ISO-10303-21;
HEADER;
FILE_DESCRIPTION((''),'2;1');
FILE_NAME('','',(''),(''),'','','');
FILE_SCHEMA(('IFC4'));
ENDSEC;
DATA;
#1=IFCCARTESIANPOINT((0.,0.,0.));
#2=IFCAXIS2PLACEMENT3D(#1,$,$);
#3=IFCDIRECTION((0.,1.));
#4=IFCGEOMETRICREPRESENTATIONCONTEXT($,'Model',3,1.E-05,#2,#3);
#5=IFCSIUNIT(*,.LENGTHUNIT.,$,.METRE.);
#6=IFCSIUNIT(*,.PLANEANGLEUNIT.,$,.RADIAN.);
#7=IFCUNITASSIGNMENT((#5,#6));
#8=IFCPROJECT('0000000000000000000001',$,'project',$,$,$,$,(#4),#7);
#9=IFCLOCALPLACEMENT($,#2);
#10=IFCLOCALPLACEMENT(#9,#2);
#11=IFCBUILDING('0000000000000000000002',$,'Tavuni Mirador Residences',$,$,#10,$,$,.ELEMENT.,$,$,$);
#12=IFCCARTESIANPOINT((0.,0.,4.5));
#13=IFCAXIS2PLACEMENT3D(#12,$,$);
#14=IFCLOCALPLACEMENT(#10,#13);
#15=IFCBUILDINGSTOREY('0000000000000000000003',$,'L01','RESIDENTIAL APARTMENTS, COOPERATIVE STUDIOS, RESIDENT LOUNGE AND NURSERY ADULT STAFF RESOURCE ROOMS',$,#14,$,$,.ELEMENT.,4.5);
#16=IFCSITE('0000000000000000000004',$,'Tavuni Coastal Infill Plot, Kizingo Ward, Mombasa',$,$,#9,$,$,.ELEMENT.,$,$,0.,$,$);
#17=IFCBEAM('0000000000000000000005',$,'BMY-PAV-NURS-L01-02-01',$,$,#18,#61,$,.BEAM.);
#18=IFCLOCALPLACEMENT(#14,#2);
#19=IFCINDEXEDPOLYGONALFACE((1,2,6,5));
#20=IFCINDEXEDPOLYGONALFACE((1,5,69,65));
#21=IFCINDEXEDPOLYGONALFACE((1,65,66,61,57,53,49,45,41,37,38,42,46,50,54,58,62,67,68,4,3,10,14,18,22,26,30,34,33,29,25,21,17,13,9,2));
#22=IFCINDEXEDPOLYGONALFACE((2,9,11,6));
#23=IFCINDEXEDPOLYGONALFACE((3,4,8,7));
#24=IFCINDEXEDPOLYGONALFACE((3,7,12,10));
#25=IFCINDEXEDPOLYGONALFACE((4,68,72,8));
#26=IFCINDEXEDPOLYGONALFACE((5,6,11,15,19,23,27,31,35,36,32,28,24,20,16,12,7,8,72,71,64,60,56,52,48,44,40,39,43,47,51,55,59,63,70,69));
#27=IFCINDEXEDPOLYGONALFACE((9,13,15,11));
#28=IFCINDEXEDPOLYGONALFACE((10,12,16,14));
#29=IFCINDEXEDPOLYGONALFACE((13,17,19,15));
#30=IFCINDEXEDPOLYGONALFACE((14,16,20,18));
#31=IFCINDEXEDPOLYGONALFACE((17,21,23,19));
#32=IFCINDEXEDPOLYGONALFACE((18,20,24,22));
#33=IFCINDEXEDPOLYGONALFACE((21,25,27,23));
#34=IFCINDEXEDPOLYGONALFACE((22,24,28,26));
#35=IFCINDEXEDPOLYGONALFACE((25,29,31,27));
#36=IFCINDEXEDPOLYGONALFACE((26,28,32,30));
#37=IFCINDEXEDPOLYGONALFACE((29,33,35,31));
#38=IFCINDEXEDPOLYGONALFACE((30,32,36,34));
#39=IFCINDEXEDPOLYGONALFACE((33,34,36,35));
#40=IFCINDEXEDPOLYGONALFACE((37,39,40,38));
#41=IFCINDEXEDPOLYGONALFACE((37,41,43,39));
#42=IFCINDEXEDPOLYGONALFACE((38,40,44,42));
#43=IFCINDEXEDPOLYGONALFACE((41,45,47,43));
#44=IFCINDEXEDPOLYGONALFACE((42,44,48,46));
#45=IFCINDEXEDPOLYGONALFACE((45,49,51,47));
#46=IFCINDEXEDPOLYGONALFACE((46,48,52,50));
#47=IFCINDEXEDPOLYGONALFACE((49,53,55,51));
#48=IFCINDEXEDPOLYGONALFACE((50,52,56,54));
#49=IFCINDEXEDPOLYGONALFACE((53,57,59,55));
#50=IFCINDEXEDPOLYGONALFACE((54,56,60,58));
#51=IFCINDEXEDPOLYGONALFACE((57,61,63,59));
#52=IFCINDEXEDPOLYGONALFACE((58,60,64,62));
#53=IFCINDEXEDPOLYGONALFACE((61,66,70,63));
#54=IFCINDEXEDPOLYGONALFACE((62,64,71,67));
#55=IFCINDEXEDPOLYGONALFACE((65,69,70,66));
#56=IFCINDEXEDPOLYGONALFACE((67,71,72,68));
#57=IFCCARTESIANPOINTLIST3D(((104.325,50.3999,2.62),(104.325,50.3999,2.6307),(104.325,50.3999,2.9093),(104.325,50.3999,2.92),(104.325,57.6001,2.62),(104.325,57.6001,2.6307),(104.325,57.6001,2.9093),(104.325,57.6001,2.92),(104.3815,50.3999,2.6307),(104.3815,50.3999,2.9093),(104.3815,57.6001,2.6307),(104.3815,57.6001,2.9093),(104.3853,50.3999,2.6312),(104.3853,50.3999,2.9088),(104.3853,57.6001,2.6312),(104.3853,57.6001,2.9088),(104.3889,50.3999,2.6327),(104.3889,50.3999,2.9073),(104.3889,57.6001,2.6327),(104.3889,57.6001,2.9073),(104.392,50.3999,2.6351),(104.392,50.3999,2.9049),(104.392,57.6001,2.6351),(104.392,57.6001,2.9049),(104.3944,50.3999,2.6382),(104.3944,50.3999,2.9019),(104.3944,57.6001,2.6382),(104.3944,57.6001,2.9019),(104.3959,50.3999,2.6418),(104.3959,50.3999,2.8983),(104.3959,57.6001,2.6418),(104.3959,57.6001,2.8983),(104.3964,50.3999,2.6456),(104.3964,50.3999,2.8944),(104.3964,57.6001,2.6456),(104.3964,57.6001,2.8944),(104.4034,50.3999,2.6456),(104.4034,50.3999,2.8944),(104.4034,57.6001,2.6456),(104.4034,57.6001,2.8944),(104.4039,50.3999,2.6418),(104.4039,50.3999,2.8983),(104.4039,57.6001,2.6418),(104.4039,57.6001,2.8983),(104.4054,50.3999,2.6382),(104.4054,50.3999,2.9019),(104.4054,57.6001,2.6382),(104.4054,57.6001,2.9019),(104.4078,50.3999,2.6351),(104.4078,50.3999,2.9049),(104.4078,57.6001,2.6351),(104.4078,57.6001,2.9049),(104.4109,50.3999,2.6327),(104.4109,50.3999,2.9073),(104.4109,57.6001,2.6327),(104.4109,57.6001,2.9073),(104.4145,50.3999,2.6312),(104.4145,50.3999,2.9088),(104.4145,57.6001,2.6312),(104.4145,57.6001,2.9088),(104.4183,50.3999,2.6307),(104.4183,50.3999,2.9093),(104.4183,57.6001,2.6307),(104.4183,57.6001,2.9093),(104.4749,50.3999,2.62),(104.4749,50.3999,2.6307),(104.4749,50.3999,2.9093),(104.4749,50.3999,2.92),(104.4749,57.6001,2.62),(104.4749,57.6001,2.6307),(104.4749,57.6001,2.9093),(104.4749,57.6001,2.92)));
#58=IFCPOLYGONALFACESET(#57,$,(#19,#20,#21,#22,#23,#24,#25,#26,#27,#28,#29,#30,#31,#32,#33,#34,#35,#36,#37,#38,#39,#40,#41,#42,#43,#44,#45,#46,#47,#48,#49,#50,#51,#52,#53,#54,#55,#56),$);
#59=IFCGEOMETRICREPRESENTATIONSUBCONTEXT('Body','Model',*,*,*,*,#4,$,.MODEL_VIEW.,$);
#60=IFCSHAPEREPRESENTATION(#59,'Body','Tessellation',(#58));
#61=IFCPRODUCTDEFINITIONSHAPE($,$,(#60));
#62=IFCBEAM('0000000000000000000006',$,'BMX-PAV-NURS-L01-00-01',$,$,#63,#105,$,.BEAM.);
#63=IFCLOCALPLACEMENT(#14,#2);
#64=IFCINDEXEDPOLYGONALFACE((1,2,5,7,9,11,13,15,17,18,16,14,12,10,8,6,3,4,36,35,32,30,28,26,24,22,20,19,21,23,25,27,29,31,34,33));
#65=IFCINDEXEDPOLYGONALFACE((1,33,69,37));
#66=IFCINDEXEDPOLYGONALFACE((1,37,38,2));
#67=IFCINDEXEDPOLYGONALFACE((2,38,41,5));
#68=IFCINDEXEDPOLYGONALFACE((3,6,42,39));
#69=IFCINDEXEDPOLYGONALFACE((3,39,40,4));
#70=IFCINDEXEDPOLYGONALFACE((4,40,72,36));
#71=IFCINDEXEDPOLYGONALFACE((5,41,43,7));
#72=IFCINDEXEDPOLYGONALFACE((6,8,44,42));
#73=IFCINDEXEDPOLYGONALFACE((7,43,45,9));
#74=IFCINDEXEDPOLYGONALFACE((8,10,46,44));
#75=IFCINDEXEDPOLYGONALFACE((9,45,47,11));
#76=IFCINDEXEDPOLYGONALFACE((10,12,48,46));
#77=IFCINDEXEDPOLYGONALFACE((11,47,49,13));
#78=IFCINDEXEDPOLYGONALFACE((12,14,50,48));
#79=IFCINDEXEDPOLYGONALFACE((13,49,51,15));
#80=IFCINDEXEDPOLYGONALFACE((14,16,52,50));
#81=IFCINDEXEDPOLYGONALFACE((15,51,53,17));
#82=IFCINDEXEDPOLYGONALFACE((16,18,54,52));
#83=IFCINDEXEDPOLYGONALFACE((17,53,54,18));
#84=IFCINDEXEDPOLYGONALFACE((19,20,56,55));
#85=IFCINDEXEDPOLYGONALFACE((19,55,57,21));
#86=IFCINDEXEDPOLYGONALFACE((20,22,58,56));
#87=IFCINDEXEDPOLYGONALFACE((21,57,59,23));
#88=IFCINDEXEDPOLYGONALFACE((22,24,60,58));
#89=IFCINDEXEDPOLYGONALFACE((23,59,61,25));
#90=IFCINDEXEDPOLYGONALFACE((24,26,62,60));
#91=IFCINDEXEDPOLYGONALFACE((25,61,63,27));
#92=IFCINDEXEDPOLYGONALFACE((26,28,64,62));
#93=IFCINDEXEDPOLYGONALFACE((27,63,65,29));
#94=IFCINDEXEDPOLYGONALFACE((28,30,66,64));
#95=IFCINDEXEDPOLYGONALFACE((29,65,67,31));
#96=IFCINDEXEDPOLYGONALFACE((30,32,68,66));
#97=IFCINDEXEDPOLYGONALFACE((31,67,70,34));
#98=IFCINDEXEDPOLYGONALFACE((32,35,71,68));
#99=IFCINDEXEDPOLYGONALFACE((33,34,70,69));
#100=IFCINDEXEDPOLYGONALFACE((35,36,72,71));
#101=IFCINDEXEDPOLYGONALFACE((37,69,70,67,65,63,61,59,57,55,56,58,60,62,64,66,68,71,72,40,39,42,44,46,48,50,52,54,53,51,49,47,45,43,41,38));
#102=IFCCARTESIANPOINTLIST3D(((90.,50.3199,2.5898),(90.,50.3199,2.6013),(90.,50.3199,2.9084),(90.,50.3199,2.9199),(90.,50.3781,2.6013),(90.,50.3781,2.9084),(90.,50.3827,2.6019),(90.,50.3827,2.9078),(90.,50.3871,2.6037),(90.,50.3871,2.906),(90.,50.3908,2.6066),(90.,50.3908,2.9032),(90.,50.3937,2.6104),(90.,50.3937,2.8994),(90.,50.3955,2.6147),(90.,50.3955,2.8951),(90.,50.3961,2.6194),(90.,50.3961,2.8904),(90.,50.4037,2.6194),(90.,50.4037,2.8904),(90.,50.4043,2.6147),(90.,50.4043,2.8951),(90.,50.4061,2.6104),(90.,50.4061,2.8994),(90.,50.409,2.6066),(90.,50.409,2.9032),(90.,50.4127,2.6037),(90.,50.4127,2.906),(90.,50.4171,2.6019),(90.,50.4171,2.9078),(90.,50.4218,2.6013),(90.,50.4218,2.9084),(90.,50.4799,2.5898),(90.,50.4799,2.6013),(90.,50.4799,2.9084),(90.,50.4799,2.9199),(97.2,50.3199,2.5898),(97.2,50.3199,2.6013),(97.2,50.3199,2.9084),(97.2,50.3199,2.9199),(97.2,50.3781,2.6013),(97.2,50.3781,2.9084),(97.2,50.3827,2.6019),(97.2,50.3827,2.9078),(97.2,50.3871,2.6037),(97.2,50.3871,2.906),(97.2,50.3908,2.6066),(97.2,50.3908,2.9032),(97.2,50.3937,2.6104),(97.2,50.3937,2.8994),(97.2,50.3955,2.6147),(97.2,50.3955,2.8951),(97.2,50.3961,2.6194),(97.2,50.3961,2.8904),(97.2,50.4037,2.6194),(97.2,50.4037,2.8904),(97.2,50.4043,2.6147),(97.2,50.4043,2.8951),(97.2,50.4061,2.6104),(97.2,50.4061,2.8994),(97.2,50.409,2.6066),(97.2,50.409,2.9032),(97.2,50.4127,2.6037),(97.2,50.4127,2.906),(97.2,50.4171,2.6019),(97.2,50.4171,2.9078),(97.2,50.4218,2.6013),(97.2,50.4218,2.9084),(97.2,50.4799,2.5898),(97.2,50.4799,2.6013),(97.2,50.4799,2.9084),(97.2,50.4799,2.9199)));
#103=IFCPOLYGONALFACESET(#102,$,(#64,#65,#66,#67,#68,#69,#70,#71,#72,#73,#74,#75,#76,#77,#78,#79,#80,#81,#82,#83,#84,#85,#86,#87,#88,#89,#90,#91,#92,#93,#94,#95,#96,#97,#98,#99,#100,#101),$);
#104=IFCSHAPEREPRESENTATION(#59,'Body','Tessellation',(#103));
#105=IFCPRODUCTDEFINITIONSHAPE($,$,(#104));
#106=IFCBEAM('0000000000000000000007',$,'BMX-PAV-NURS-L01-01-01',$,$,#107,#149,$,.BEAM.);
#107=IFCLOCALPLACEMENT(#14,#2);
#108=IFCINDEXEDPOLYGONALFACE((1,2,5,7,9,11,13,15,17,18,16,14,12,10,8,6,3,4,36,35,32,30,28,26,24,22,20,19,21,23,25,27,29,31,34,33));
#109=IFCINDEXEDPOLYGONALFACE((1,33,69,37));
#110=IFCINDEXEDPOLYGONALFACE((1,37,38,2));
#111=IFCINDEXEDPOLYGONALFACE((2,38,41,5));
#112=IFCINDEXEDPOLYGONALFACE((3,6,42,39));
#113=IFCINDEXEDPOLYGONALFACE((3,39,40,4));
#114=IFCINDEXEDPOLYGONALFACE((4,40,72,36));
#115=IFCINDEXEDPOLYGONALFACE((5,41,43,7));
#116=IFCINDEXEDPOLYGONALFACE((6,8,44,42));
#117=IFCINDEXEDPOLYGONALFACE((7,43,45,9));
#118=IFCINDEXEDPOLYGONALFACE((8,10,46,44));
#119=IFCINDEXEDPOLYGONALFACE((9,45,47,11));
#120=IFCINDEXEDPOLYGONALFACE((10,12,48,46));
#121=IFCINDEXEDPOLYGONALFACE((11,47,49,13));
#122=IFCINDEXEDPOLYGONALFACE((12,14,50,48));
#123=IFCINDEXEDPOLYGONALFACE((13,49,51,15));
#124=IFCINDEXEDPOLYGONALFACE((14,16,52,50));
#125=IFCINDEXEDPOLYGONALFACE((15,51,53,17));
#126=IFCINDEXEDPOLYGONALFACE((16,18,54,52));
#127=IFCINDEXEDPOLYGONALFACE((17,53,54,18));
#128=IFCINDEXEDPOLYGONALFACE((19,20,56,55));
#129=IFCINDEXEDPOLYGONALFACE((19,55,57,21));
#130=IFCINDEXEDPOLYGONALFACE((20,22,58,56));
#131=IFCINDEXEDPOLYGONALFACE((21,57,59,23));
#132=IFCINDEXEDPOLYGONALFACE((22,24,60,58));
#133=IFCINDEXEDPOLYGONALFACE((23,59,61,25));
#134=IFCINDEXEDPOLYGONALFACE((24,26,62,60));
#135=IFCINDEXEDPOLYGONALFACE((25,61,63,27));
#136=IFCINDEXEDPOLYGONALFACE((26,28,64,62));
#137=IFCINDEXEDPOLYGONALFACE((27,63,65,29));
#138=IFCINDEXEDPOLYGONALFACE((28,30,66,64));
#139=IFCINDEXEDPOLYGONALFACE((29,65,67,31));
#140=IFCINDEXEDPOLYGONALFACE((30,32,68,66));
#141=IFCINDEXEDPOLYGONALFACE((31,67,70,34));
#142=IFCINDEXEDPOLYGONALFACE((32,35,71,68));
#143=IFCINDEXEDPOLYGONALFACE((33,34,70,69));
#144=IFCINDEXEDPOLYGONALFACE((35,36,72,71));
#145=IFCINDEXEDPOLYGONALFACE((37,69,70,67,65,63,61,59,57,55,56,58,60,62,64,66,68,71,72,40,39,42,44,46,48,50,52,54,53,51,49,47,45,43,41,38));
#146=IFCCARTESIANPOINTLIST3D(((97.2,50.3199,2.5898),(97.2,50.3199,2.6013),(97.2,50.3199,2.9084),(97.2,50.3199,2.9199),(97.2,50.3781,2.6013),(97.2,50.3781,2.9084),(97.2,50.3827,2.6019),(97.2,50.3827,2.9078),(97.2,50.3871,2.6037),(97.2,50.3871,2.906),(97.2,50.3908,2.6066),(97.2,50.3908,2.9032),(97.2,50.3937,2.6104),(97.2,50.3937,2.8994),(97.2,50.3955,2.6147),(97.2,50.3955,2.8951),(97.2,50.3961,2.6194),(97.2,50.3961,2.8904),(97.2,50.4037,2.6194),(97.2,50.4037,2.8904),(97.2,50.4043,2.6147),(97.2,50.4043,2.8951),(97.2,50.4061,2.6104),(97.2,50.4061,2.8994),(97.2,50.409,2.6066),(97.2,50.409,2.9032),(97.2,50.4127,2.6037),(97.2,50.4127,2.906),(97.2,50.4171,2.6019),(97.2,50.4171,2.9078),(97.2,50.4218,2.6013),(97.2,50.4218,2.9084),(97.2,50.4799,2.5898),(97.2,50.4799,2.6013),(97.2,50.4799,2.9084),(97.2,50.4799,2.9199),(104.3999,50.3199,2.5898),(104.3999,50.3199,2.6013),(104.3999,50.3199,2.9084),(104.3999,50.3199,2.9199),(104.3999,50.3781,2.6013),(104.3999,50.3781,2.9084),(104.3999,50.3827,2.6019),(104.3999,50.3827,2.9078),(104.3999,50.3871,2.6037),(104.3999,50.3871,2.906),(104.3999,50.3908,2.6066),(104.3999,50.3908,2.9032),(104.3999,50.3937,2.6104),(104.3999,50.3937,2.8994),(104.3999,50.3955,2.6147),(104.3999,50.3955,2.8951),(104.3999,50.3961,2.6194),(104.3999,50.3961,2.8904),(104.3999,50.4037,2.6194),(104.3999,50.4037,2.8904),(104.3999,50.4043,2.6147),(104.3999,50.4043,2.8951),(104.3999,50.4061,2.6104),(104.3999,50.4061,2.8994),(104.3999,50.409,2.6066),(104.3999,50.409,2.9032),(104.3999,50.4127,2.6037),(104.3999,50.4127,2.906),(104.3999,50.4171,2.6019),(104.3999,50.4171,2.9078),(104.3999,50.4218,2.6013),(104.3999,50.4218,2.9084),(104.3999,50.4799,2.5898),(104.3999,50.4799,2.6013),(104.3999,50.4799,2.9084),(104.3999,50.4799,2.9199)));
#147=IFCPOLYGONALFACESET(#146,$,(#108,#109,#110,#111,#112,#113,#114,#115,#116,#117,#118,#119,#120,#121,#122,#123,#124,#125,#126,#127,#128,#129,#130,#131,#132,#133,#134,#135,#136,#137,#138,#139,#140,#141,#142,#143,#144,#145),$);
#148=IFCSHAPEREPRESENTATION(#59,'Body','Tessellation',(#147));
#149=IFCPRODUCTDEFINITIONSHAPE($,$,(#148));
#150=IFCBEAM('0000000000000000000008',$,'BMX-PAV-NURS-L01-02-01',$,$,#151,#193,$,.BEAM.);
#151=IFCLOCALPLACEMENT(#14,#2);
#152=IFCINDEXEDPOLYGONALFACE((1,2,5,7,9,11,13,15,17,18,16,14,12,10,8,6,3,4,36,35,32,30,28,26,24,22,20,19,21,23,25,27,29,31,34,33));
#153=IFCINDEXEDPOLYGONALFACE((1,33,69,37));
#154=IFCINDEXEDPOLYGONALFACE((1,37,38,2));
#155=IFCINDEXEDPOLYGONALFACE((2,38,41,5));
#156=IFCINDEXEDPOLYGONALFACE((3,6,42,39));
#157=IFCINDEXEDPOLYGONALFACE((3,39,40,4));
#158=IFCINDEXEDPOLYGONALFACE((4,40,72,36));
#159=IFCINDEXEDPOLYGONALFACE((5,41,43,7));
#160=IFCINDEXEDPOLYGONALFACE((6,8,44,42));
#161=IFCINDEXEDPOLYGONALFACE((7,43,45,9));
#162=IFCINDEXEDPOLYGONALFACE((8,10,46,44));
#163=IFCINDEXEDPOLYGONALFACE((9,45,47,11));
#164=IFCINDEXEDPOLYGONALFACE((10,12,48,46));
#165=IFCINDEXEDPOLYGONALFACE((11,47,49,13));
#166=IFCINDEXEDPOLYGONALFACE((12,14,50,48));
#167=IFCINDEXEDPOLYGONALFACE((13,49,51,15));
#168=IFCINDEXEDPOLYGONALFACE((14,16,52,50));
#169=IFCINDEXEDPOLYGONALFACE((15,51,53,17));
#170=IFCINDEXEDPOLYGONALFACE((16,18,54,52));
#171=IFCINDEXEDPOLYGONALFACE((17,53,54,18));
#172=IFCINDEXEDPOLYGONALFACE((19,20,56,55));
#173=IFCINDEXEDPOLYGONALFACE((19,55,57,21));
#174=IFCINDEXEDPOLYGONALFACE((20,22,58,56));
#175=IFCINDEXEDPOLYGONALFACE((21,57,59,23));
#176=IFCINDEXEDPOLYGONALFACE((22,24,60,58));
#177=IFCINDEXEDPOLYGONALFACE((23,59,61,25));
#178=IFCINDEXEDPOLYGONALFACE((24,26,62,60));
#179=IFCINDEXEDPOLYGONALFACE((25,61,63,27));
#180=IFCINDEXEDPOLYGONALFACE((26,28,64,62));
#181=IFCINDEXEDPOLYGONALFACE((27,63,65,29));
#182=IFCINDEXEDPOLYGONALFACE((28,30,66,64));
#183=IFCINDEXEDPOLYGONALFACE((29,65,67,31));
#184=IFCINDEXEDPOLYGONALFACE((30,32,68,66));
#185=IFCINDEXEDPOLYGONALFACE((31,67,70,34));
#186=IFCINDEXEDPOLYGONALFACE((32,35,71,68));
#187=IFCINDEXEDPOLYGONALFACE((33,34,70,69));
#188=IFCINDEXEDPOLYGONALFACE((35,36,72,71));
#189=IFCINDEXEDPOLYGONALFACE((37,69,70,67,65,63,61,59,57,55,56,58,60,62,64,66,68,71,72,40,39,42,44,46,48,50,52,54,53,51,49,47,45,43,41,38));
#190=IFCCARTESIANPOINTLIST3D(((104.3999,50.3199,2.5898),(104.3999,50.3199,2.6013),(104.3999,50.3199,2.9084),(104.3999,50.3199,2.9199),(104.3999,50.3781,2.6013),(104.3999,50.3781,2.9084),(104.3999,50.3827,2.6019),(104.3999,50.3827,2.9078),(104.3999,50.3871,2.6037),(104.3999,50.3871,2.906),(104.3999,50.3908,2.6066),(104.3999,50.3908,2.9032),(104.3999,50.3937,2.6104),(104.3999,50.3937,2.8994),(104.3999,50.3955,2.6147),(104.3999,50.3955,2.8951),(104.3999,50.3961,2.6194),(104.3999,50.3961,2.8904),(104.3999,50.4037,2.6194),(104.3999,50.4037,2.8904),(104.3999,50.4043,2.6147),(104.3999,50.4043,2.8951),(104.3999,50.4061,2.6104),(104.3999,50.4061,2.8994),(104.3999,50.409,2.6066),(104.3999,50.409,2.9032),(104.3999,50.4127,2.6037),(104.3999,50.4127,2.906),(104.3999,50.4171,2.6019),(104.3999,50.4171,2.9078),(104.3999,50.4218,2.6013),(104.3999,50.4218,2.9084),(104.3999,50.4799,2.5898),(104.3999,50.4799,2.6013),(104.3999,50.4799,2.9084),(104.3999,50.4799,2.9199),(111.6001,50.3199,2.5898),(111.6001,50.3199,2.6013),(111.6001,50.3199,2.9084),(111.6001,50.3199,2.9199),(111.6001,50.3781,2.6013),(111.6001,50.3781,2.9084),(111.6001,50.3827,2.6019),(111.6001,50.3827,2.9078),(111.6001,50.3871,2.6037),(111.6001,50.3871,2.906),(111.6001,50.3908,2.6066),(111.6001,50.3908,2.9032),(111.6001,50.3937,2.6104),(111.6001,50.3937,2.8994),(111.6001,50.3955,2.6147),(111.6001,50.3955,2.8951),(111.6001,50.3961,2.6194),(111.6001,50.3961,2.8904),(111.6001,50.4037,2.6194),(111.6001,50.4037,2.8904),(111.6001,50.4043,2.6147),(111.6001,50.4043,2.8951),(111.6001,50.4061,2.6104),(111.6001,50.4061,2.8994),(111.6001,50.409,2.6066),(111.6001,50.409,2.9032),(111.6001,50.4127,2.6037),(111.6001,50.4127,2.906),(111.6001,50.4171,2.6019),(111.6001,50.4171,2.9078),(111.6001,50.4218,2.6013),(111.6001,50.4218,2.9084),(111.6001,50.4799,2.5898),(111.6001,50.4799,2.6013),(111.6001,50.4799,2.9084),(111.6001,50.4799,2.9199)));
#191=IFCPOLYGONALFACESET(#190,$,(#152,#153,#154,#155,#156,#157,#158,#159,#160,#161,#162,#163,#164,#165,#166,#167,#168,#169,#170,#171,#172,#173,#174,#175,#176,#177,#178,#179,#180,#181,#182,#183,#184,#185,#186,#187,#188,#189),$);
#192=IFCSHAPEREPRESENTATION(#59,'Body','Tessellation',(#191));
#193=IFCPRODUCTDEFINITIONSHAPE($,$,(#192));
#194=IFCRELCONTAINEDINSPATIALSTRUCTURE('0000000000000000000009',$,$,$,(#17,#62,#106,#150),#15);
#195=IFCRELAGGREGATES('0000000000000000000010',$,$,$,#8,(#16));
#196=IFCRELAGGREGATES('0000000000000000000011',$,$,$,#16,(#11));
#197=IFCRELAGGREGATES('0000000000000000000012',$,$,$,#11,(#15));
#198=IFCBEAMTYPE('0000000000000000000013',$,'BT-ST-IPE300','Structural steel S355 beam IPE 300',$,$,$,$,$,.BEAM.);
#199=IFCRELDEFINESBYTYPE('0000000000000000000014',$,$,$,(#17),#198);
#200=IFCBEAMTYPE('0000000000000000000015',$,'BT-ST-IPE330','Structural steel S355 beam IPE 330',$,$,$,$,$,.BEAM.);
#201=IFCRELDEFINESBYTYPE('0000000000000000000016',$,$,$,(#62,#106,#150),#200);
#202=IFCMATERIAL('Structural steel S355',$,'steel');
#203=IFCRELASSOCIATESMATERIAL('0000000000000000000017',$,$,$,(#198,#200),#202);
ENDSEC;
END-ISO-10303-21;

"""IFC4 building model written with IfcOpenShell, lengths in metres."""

from ifc_helpers import new_model, si_unit, direction, frame, origin, origin_2d, place, context, subcontext, project, spatial, i_section, extrude, material, material_profile, profile_set, type_object, element, save


model = new_model("IFC4")

# Units and contexts
model_context = context("Model", 3, precision=1e-05, world=origin(), true_north=direction((0.0, 1.0)))
body_context = subcontext(model_context, "Body", "Model", "MODEL_VIEW")
ifc_project = project(units=[si_unit("LENGTHUNIT", "METRE"), si_unit("PLANEANGLEUNIT", "RADIAN")], contexts=[model_context])

# Site, building, storey
site_placement = place(None, origin())
site = spatial("IfcSite", under=ifc_project, at=site_placement, Name="Tavuni Coastal Infill Plot, Kizingo Ward, Mombasa", CompositionType="ELEMENT", RefElevation=0.0)
building_placement = place(site_placement, origin())
building = spatial("IfcBuilding", under=site, at=building_placement, Name="Tavuni Mirador Residences", CompositionType="ELEMENT")
storey_placement = place(building_placement, frame((0.0, 0.0, 4.5)))
storey = spatial("IfcBuildingStorey", under=building, at=storey_placement, Name="L01", Description="RESIDENTIAL APARTMENTS, COOPERATIVE STUDIOS, RESIDENT LOUNGE AND NURSERY ADULT STAFF RESOURCE ROOMS", CompositionType="ELEMENT", Elevation=4.5)

# Shared definitions
ifc_material_1 = material(Name="Structural steel S355", Category="steel")

# Beams
ifc_material_profile_1 = material_profile(ifc_material_1, i_section(OverallWidth=0.1499, OverallDepth=0.3, WebThickness=0.0071, FlangeThickness=0.0107, FilletRadius=0.0149, at=origin_2d()), Name="IPE 300", Category="steel")
ifc_profile_set_1 = profile_set([ifc_material_profile_1], Name="Structural steel S355")
beam_type_1 = type_object("IfcBeamType", Name="BT-ST-IPE300", Description="Structural steel S355 beam IPE 300", PredefinedType="BEAM", material=ifc_profile_set_1)
for number, where, z_axis, x_axis, name in (
    (1, (104.3999, 50.3999, 2.77), (0.0, 1.0, 0.0), (-1.0, 0.0, 0.0), "BMY-PAV-NURS-L01-02-01"),
):
    element("IfcBeam", number, at=place(storey_placement, frame(where, z_axis=z_axis, x_axis=x_axis)), inside=storey, type_object=beam_type_1, Name=name, PredefinedType="BEAM", context=body_context, shape_type="SweptSolid", body=[
        extrude(i_section(OverallWidth=0.1499, OverallDepth=0.3, WebThickness=0.0071, FlangeThickness=0.0107, FilletRadius=0.0149, at=origin_2d()), origin(), (0.0, 0.0, 1.0), 7.2002),
    ])
ifc_material_profile_2 = material_profile(ifc_material_1, i_section(OverallWidth=0.1599, OverallDepth=0.3301, WebThickness=0.0076, FlangeThickness=0.0115, FilletRadius=0.0181, at=origin_2d()), Name="IPE 330", Category="steel")
ifc_profile_set_2 = profile_set([ifc_material_profile_2], Name="Structural steel S355")
beam_type_2 = type_object("IfcBeamType", Name="BT-ST-IPE330", Description="Structural steel S355 beam IPE 330", PredefinedType="BEAM", material=ifc_profile_set_2)
for number, where, z_axis, x_axis, name in (
    (2, (90.0, 50.3999, 2.7549), (1.0, 0.0, 0.0), (0.0, 1.0, 0.0), "BMX-PAV-NURS-L01-00-01"),
    (3, (97.2, 50.3999, 2.7549), (1.0, 0.0, 0.0), (0.0, 1.0, 0.0), "BMX-PAV-NURS-L01-01-01"),
):
    element("IfcBeam", number, at=place(storey_placement, frame(where, z_axis=z_axis, x_axis=x_axis)), inside=storey, type_object=beam_type_2, Name=name, PredefinedType="BEAM", context=body_context, shape_type="SweptSolid", body=[
        extrude(i_section(OverallWidth=0.1599, OverallDepth=0.3301, WebThickness=0.0076, FlangeThickness=0.0115, FilletRadius=0.0181, at=origin_2d()), origin(), (0.0, 0.0, 1.0), 7.2),
    ])
beam_1_placement = place(storey_placement, frame((104.3999, 50.3999, 2.7549), z_axis=(1.0, 0.0, 0.0), x_axis=(0.0, 1.0, 0.0)))
element("IfcBeam", 4, at=beam_1_placement, inside=storey, type_object=beam_type_2, Name="BMX-PAV-NURS-L01-02-01", PredefinedType="BEAM", context=body_context, shape_type="SweptSolid", body=[
    extrude(i_section(OverallWidth=0.1599, OverallDepth=0.3301, WebThickness=0.0076, FlangeThickness=0.0115, FilletRadius=0.0181, at=origin_2d()), origin(), (0.0, 0.0, 1.0), 7.2002),
])

save(model, "model.ifc")
